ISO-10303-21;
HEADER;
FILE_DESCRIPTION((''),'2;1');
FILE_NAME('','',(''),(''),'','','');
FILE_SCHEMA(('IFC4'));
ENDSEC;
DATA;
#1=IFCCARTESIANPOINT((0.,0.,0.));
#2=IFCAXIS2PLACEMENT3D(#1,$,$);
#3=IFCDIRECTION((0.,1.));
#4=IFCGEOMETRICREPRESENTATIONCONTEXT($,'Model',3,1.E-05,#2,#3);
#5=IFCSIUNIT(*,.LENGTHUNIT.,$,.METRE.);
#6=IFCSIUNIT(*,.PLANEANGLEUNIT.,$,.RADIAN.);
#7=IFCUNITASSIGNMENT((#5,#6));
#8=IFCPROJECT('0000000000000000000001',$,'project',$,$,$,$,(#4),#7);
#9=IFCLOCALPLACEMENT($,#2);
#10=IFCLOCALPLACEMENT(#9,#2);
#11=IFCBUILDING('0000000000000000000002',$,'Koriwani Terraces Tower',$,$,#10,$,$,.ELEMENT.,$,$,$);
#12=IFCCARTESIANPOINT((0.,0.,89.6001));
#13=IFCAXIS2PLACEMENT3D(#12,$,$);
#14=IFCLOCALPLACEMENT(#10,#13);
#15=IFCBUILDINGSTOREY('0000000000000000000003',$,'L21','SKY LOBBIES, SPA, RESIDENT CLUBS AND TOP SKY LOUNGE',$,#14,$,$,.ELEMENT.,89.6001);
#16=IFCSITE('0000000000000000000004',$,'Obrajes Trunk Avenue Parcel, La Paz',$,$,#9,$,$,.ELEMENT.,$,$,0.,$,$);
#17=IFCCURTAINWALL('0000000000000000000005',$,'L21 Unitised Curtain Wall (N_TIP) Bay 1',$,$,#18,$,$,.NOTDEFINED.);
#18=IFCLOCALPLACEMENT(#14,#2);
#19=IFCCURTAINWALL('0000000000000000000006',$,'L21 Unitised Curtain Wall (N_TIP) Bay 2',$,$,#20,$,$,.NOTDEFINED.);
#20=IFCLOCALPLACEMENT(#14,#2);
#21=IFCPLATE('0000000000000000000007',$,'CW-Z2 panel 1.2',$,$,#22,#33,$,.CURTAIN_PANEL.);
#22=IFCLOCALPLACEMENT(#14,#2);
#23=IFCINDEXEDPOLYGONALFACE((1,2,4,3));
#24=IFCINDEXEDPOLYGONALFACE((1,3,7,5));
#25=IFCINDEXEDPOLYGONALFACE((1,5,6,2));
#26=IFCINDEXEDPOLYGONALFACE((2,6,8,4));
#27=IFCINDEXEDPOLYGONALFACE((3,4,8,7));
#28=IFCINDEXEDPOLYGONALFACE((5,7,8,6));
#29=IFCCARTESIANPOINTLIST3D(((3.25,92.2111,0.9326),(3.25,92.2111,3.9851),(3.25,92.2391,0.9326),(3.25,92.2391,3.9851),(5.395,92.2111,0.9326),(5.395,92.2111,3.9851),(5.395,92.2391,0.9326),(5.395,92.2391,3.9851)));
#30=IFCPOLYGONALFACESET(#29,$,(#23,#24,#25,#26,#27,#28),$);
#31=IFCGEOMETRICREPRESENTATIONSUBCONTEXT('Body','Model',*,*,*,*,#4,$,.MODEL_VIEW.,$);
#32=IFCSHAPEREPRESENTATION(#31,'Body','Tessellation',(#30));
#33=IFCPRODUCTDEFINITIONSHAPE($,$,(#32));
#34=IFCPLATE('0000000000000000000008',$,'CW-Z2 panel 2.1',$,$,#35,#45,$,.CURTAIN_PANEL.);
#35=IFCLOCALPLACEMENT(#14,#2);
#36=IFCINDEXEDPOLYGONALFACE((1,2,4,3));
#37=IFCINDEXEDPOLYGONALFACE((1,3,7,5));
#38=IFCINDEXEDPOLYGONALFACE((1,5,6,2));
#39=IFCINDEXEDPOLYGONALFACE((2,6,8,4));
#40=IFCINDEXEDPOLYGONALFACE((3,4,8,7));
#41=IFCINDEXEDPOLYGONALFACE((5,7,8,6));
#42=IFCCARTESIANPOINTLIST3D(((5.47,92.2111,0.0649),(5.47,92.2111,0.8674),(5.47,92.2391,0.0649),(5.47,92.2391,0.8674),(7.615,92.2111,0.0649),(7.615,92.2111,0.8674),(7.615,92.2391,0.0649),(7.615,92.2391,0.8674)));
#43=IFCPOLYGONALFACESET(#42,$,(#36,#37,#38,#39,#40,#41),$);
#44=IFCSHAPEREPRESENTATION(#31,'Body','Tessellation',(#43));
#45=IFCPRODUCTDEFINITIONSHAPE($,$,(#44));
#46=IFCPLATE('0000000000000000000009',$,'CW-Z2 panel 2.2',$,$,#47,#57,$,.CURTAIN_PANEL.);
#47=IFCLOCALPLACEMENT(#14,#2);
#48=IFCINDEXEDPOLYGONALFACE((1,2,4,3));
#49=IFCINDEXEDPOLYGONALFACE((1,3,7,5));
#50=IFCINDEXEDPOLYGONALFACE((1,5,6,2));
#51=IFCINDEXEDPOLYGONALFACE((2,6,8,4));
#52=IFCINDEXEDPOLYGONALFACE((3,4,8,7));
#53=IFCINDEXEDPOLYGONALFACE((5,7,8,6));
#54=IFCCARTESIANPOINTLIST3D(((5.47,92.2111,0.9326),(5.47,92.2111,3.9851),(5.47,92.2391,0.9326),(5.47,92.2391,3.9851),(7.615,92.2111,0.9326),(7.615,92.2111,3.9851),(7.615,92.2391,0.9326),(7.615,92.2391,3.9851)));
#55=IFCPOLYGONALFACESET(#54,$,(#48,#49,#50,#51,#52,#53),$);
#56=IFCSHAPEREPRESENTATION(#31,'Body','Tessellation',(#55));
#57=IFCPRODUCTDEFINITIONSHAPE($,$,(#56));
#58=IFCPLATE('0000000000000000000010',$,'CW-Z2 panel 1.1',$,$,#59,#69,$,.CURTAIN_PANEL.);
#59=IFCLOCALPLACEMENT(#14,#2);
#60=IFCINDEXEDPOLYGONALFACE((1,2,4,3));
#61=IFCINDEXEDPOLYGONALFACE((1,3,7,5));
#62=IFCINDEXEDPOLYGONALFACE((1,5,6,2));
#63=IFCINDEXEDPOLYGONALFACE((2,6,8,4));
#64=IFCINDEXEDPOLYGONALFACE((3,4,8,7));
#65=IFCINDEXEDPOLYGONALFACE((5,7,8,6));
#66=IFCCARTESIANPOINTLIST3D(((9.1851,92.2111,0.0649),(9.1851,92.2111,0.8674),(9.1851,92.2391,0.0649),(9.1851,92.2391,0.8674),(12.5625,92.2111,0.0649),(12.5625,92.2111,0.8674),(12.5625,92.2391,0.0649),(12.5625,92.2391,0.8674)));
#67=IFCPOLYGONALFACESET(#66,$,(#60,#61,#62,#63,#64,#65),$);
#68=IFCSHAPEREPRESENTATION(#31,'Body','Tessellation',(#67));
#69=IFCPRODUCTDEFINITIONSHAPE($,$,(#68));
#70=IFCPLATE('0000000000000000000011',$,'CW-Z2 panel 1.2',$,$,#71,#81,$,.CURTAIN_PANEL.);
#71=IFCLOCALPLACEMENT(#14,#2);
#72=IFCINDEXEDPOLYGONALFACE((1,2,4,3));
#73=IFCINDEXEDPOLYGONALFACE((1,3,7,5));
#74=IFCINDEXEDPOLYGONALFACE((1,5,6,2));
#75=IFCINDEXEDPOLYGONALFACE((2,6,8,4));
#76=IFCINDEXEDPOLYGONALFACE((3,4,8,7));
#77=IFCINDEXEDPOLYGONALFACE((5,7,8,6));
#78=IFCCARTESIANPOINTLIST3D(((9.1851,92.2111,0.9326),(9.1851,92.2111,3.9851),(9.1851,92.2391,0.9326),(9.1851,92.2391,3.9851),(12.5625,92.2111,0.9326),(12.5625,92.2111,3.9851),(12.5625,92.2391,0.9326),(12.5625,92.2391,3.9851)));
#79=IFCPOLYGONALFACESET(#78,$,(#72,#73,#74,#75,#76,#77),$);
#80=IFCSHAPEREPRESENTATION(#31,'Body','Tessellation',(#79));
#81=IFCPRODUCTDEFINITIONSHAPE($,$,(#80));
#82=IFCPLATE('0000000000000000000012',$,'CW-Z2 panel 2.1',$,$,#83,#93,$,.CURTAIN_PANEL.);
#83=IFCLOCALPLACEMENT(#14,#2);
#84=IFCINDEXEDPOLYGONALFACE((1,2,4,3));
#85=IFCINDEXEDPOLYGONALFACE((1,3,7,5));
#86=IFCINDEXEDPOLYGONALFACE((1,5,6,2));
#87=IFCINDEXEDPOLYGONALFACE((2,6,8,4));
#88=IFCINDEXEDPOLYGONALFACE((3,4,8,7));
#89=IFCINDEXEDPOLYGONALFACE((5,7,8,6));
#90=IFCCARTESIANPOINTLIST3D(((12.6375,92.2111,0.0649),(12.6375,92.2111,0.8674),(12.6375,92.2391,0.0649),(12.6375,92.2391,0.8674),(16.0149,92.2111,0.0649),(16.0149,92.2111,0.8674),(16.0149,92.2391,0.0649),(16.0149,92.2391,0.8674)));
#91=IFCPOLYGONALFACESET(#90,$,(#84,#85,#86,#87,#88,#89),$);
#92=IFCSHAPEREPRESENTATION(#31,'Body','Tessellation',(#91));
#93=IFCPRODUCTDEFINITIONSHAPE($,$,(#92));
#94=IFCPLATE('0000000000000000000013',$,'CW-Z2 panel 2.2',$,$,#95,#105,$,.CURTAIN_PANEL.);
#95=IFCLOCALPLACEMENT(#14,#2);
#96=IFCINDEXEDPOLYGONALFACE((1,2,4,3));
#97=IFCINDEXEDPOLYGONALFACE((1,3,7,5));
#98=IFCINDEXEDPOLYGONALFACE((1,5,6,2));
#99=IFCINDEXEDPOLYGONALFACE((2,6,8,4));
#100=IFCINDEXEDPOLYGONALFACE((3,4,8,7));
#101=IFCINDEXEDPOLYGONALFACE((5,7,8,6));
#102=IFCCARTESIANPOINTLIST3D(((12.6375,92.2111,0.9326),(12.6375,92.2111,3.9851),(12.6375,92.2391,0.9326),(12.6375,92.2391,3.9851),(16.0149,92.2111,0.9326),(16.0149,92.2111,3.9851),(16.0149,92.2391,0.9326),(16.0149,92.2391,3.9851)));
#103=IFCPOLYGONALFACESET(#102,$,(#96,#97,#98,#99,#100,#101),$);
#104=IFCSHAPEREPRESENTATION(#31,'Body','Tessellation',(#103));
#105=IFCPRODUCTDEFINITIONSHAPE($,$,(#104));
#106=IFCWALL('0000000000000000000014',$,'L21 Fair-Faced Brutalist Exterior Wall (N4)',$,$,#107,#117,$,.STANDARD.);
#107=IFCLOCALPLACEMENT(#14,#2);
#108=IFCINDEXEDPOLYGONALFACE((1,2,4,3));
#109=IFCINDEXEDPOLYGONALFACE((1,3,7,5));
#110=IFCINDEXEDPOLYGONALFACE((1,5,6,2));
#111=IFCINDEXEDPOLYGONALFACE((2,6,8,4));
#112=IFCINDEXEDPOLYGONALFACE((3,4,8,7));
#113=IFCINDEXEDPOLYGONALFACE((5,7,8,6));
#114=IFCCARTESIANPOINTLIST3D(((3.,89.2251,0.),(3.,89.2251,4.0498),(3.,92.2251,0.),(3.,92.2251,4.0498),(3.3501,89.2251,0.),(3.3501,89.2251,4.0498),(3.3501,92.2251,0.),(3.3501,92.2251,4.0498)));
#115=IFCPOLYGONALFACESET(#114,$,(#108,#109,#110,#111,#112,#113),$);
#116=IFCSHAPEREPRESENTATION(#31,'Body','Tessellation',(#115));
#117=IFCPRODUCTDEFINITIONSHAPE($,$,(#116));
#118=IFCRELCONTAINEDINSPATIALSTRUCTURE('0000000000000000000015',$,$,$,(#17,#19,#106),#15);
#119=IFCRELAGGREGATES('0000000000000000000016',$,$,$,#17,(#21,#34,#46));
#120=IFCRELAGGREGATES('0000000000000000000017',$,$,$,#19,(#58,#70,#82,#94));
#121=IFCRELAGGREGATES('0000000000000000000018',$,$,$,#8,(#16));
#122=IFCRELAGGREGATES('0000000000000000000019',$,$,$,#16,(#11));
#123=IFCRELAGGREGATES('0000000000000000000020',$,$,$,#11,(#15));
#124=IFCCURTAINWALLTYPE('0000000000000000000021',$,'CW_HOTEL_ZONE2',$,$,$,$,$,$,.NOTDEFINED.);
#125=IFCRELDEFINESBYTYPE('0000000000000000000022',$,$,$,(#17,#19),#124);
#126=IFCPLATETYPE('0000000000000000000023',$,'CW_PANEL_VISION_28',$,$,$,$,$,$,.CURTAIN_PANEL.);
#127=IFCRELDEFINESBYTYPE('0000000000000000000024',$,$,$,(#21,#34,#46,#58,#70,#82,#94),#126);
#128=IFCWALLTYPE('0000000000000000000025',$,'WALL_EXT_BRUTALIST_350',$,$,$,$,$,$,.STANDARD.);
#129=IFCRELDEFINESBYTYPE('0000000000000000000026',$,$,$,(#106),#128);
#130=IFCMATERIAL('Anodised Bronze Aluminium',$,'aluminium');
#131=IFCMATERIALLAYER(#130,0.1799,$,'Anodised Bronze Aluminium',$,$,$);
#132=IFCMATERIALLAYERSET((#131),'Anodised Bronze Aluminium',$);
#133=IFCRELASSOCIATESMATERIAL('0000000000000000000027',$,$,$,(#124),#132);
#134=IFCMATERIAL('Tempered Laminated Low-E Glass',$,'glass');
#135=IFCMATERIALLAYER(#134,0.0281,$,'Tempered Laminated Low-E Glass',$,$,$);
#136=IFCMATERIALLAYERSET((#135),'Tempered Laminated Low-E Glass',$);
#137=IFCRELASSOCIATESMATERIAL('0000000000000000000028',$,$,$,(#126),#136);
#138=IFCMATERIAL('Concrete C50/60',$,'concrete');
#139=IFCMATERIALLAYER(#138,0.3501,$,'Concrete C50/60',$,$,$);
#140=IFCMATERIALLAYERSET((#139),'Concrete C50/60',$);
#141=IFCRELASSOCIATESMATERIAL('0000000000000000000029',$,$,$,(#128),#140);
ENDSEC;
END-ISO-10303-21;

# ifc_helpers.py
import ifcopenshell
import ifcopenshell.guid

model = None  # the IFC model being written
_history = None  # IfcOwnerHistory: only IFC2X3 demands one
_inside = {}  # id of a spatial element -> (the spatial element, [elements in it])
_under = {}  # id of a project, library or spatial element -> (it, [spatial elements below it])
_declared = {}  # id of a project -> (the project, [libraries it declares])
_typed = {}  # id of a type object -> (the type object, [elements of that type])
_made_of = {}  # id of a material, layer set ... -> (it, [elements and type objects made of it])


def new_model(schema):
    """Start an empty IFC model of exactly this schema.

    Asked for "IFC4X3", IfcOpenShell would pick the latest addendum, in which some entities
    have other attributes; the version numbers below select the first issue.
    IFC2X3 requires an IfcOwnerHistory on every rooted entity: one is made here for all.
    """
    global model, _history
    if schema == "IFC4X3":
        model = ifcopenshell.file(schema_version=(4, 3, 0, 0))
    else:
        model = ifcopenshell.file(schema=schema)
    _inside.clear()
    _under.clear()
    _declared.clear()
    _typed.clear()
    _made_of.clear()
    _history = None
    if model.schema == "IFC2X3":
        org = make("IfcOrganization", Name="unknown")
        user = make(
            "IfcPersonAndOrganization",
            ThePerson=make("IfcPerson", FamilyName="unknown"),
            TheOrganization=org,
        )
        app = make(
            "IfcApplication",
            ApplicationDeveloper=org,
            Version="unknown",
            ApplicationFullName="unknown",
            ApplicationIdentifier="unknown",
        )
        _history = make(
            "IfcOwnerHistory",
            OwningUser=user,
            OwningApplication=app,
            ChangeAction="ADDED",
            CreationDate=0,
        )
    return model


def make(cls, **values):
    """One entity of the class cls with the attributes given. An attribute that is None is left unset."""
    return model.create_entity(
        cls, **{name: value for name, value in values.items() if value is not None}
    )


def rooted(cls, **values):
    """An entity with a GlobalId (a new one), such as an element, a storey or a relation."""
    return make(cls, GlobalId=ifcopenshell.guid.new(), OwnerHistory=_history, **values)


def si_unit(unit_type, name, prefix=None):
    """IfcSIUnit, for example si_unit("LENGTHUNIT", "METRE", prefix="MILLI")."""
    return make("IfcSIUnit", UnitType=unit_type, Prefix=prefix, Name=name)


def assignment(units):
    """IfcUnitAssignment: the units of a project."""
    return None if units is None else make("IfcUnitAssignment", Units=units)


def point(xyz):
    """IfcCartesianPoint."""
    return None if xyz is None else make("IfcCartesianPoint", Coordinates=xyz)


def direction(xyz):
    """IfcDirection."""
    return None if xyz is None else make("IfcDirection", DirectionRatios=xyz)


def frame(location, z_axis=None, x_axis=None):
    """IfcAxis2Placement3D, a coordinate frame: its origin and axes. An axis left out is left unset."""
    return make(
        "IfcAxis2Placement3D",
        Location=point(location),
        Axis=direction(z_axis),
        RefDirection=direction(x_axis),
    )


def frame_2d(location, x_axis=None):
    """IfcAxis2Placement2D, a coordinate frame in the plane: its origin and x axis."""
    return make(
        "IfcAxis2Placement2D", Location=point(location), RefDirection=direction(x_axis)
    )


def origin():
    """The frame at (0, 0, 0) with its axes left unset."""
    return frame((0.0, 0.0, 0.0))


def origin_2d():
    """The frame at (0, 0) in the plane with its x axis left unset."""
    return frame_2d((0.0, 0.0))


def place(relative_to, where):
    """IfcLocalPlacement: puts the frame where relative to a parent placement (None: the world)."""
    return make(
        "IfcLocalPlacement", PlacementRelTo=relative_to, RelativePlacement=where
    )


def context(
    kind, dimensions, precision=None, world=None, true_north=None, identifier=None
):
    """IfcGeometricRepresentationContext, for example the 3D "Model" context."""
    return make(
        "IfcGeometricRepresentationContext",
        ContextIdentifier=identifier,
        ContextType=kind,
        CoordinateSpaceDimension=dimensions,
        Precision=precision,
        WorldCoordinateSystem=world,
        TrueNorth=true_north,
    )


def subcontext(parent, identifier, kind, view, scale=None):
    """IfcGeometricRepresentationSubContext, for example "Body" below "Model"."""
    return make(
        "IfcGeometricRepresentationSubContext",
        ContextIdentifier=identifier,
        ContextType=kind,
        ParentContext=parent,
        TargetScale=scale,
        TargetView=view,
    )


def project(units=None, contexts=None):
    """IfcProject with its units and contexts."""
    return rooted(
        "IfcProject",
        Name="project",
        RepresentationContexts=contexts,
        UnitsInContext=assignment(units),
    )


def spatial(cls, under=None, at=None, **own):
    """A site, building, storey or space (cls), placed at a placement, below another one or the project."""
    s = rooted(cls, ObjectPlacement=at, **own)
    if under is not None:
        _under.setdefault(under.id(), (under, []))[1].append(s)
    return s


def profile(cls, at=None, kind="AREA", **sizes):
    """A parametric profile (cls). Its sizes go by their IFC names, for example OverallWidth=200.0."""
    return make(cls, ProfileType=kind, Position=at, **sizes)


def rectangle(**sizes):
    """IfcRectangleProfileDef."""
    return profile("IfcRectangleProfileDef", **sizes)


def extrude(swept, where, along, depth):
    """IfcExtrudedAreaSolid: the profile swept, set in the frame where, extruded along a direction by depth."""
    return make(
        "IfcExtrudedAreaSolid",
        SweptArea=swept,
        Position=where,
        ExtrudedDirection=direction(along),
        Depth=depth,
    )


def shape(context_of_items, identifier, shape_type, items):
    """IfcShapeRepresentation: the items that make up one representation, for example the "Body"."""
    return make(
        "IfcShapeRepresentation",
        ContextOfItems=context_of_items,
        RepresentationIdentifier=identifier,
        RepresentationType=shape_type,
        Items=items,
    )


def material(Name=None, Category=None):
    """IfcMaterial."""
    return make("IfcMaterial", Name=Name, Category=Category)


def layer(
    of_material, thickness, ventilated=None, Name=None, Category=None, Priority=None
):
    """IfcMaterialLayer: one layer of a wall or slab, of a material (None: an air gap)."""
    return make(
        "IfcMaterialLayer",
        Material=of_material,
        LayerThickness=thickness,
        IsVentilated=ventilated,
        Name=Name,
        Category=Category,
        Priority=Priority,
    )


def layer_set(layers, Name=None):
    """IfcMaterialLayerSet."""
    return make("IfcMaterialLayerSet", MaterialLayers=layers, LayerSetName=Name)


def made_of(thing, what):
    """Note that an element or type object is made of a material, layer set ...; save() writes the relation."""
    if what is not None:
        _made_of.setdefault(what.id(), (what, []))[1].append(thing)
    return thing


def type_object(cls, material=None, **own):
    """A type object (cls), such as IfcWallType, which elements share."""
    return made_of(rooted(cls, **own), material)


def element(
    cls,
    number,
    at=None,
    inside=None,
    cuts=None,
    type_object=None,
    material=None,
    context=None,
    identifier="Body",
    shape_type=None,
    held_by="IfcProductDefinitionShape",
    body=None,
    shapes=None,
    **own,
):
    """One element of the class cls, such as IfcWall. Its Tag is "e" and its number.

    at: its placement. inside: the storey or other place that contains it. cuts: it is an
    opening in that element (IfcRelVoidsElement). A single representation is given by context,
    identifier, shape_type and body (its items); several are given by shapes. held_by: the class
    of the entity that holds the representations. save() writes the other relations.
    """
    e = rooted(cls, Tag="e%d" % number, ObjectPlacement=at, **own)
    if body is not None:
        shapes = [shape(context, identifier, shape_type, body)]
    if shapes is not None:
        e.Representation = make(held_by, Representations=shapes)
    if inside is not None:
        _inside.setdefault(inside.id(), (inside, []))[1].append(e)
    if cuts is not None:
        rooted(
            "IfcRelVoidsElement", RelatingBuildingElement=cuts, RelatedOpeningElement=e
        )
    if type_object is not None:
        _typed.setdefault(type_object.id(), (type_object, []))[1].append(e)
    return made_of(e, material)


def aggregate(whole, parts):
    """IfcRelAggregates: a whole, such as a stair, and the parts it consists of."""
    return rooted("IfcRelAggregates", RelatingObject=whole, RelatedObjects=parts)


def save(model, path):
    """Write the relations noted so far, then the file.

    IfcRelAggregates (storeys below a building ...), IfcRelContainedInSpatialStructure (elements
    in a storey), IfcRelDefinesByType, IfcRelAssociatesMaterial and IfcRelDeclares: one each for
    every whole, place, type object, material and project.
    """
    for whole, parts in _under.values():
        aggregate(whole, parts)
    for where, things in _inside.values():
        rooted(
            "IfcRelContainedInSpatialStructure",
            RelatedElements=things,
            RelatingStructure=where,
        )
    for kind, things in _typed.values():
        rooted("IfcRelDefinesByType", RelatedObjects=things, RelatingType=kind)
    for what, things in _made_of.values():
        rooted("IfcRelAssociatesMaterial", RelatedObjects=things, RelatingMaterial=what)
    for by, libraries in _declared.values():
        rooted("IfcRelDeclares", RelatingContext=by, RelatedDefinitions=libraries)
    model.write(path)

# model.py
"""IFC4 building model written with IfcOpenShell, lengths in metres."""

from ifc_helpers import new_model, si_unit, direction, frame, frame_2d, origin, origin_2d, place, context, subcontext, project, spatial, rectangle, extrude, material, layer, layer_set, type_object, element, aggregate, save


model = new_model("IFC4")

# Units and contexts
model_context = context("Model", 3, precision=1e-05, world=origin(), true_north=direction((0.0, 1.0)))
body_context = subcontext(model_context, "Body", "Model", "MODEL_VIEW")
ifc_project = project(units=[si_unit("LENGTHUNIT", "METRE"), si_unit("PLANEANGLEUNIT", "RADIAN")], contexts=[model_context])

# Site, building, storey
site_placement = place(None, origin())
site = spatial("IfcSite", under=ifc_project, at=site_placement, Name="Obrajes Trunk Avenue Parcel, La Paz", CompositionType="ELEMENT", RefElevation=0.0)
building_placement = place(site_placement, origin())
building = spatial("IfcBuilding", under=site, at=building_placement, Name="Koriwani Terraces Tower", CompositionType="ELEMENT")
storey_placement = place(building_placement, frame((0.0, 0.0, 89.6001)))
storey = spatial("IfcBuildingStorey", under=building, at=storey_placement, Name="L21", Description="SKY LOBBIES, SPA, RESIDENT CLUBS AND TOP SKY LOUNGE", CompositionType="ELEMENT", Elevation=89.6001)

# Curtain walls
ifc_material_1 = material(Name="Anodised Bronze Aluminium", Category="aluminium")
ifc_layer_1 = layer(ifc_material_1, 0.1799, Name="Anodised Bronze Aluminium")
ifc_layer_set_1 = layer_set([ifc_layer_1], Name="Anodised Bronze Aluminium")
curtain_wall_type = type_object("IfcCurtainWallType", Name="CW_HOTEL_ZONE2", PredefinedType="NOTDEFINED", material=ifc_layer_set_1)
curtain_wall_1_placement = place(storey_placement, origin())
curtain_wall_1 = element("IfcCurtainWall", 1, at=curtain_wall_1_placement, inside=storey, type_object=curtain_wall_type, Name="L21 Unitised Curtain Wall (N_TIP) Bay 1", PredefinedType="NOTDEFINED")
curtain_wall_2_placement = place(storey_placement, origin())
curtain_wall_2 = element("IfcCurtainWall", 2, at=curtain_wall_2_placement, inside=storey, type_object=curtain_wall_type, Name="L21 Unitised Curtain Wall (N_TIP) Bay 2", PredefinedType="NOTDEFINED")

# Plates
ifc_material_2 = material(Name="Tempered Laminated Low-E Glass", Category="glass")
ifc_layer_2 = layer(ifc_material_2, 0.0281, Name="Tempered Laminated Low-E Glass")
ifc_layer_set_2 = layer_set([ifc_layer_2], Name="Tempered Laminated Low-E Glass")
plate_type = type_object("IfcPlateType", Name="CW_PANEL_VISION_28", PredefinedType="CURTAIN_PANEL", material=ifc_layer_set_2)
plate_1_placement = place(storey_placement, frame((4.3225, 92.2251, 0.9326), z_axis=(0.0, 0.0, 1.0), x_axis=(1.0, 0.0, 0.0)))
plate_1 = element("IfcPlate", 3, at=plate_1_placement, type_object=plate_type, Name="CW-Z2 panel 1.2", PredefinedType="CURTAIN_PANEL", context=body_context, shape_type="SweptSolid", body=[
    extrude(rectangle(XDim=2.145, YDim=0.0281, at=origin_2d()), origin(), (0.0, 0.0, 1.0), 3.0525),
])
plate_2_placement = place(storey_placement, frame((6.5425, 92.2251, 0.0649), z_axis=(0.0, 0.0, 1.0), x_axis=(1.0, 0.0, 0.0)))
plate_2 = element("IfcPlate", 4, at=plate_2_placement, type_object=plate_type, Name="CW-Z2 panel 2.1", PredefinedType="CURTAIN_PANEL", context=body_context, shape_type="SweptSolid", body=[
    extrude(rectangle(XDim=2.145, YDim=0.0281, at=origin_2d()), origin(), (0.0, 0.0, 1.0), 0.8025),
])
plate_3_placement = place(storey_placement, frame((6.5425, 92.2251, 0.9326), z_axis=(0.0, 0.0, 1.0), x_axis=(1.0, 0.0, 0.0)))
plate_3 = element("IfcPlate", 5, at=plate_3_placement, type_object=plate_type, Name="CW-Z2 panel 2.2", PredefinedType="CURTAIN_PANEL", context=body_context, shape_type="SweptSolid", body=[
    extrude(rectangle(XDim=2.145, YDim=0.0281, at=origin_2d()), origin(), (0.0, 0.0, 1.0), 3.0525),
])
aggregate(curtain_wall_1, [plate_1, plate_2, plate_3])
plate_4_placement = place(storey_placement, frame((10.8738, 92.2251, 0.0649), z_axis=(0.0, 0.0, 1.0), x_axis=(1.0, 0.0, 0.0)))
plate_4 = element("IfcPlate", 6, at=plate_4_placement, type_object=plate_type, Name="CW-Z2 panel 1.1", PredefinedType="CURTAIN_PANEL", context=body_context, shape_type="SweptSolid", body=[
    extrude(rectangle(XDim=3.3774, YDim=0.0281, at=origin_2d()), origin(), (0.0, 0.0, 1.0), 0.8025),
])
plate_5_placement = place(storey_placement, frame((10.8738, 92.2251, 0.9326), z_axis=(0.0, 0.0, 1.0), x_axis=(1.0, 0.0, 0.0)))
plate_5 = element("IfcPlate", 7, at=plate_5_placement, type_object=plate_type, Name="CW-Z2 panel 1.2", PredefinedType="CURTAIN_PANEL", context=body_context, shape_type="SweptSolid", body=[
    extrude(rectangle(XDim=3.3774, YDim=0.0281, at=origin_2d()), origin(), (0.0, 0.0, 1.0), 3.0525),
])
plate_6_placement = place(storey_placement, frame((14.3262, 92.2251, 0.0649), z_axis=(0.0, 0.0, 1.0), x_axis=(1.0, 0.0, 0.0)))
plate_6 = element("IfcPlate", 8, at=plate_6_placement, type_object=plate_type, Name="CW-Z2 panel 2.1", PredefinedType="CURTAIN_PANEL", context=body_context, shape_type="SweptSolid", body=[
    extrude(rectangle(XDim=3.3774, YDim=0.0281, at=origin_2d()), origin(), (0.0, 0.0, 1.0), 0.8025),
])
plate_7_placement = place(storey_placement, frame((14.3262, 92.2251, 0.9326), z_axis=(0.0, 0.0, 1.0), x_axis=(1.0, 0.0, 0.0)))
plate_7 = element("IfcPlate", 9, at=plate_7_placement, type_object=plate_type, Name="CW-Z2 panel 2.2", PredefinedType="CURTAIN_PANEL", context=body_context, shape_type="SweptSolid", body=[
    extrude(rectangle(XDim=3.3774, YDim=0.0281, at=origin_2d()), origin(), (0.0, 0.0, 1.0), 3.0525),
])
aggregate(curtain_wall_2, [plate_4, plate_5, plate_6, plate_7])

# Wall
ifc_material_3 = material(Name="Concrete C50/60", Category="concrete")
ifc_layer_3 = layer(ifc_material_3, 0.3501, Name="Concrete C50/60")
ifc_layer_set_3 = layer_set([ifc_layer_3], Name="Concrete C50/60")
wall_type = type_object("IfcWallType", Name="WALL_EXT_BRUTALIST_350", PredefinedType="STANDARD", material=ifc_layer_set_3)
wall_placement = place(storey_placement, frame((3.175, 89.2251, 0.0), z_axis=(0.0, 0.0, 1.0), x_axis=(0.0, 1.0, 0.0)))
element("IfcWall", 10, at=wall_placement, inside=storey, type_object=wall_type, Name="L21 Fair-Faced Brutalist Exterior Wall (N4)", PredefinedType="STANDARD", context=body_context, shape_type="SweptSolid", body=[
    extrude(rectangle(XDim=3.0, YDim=0.3501, at=frame_2d((1.5, 0.0))), origin(), (0.0, 0.0, 1.0), 4.0498),
])

save(model, "model.ifc")
